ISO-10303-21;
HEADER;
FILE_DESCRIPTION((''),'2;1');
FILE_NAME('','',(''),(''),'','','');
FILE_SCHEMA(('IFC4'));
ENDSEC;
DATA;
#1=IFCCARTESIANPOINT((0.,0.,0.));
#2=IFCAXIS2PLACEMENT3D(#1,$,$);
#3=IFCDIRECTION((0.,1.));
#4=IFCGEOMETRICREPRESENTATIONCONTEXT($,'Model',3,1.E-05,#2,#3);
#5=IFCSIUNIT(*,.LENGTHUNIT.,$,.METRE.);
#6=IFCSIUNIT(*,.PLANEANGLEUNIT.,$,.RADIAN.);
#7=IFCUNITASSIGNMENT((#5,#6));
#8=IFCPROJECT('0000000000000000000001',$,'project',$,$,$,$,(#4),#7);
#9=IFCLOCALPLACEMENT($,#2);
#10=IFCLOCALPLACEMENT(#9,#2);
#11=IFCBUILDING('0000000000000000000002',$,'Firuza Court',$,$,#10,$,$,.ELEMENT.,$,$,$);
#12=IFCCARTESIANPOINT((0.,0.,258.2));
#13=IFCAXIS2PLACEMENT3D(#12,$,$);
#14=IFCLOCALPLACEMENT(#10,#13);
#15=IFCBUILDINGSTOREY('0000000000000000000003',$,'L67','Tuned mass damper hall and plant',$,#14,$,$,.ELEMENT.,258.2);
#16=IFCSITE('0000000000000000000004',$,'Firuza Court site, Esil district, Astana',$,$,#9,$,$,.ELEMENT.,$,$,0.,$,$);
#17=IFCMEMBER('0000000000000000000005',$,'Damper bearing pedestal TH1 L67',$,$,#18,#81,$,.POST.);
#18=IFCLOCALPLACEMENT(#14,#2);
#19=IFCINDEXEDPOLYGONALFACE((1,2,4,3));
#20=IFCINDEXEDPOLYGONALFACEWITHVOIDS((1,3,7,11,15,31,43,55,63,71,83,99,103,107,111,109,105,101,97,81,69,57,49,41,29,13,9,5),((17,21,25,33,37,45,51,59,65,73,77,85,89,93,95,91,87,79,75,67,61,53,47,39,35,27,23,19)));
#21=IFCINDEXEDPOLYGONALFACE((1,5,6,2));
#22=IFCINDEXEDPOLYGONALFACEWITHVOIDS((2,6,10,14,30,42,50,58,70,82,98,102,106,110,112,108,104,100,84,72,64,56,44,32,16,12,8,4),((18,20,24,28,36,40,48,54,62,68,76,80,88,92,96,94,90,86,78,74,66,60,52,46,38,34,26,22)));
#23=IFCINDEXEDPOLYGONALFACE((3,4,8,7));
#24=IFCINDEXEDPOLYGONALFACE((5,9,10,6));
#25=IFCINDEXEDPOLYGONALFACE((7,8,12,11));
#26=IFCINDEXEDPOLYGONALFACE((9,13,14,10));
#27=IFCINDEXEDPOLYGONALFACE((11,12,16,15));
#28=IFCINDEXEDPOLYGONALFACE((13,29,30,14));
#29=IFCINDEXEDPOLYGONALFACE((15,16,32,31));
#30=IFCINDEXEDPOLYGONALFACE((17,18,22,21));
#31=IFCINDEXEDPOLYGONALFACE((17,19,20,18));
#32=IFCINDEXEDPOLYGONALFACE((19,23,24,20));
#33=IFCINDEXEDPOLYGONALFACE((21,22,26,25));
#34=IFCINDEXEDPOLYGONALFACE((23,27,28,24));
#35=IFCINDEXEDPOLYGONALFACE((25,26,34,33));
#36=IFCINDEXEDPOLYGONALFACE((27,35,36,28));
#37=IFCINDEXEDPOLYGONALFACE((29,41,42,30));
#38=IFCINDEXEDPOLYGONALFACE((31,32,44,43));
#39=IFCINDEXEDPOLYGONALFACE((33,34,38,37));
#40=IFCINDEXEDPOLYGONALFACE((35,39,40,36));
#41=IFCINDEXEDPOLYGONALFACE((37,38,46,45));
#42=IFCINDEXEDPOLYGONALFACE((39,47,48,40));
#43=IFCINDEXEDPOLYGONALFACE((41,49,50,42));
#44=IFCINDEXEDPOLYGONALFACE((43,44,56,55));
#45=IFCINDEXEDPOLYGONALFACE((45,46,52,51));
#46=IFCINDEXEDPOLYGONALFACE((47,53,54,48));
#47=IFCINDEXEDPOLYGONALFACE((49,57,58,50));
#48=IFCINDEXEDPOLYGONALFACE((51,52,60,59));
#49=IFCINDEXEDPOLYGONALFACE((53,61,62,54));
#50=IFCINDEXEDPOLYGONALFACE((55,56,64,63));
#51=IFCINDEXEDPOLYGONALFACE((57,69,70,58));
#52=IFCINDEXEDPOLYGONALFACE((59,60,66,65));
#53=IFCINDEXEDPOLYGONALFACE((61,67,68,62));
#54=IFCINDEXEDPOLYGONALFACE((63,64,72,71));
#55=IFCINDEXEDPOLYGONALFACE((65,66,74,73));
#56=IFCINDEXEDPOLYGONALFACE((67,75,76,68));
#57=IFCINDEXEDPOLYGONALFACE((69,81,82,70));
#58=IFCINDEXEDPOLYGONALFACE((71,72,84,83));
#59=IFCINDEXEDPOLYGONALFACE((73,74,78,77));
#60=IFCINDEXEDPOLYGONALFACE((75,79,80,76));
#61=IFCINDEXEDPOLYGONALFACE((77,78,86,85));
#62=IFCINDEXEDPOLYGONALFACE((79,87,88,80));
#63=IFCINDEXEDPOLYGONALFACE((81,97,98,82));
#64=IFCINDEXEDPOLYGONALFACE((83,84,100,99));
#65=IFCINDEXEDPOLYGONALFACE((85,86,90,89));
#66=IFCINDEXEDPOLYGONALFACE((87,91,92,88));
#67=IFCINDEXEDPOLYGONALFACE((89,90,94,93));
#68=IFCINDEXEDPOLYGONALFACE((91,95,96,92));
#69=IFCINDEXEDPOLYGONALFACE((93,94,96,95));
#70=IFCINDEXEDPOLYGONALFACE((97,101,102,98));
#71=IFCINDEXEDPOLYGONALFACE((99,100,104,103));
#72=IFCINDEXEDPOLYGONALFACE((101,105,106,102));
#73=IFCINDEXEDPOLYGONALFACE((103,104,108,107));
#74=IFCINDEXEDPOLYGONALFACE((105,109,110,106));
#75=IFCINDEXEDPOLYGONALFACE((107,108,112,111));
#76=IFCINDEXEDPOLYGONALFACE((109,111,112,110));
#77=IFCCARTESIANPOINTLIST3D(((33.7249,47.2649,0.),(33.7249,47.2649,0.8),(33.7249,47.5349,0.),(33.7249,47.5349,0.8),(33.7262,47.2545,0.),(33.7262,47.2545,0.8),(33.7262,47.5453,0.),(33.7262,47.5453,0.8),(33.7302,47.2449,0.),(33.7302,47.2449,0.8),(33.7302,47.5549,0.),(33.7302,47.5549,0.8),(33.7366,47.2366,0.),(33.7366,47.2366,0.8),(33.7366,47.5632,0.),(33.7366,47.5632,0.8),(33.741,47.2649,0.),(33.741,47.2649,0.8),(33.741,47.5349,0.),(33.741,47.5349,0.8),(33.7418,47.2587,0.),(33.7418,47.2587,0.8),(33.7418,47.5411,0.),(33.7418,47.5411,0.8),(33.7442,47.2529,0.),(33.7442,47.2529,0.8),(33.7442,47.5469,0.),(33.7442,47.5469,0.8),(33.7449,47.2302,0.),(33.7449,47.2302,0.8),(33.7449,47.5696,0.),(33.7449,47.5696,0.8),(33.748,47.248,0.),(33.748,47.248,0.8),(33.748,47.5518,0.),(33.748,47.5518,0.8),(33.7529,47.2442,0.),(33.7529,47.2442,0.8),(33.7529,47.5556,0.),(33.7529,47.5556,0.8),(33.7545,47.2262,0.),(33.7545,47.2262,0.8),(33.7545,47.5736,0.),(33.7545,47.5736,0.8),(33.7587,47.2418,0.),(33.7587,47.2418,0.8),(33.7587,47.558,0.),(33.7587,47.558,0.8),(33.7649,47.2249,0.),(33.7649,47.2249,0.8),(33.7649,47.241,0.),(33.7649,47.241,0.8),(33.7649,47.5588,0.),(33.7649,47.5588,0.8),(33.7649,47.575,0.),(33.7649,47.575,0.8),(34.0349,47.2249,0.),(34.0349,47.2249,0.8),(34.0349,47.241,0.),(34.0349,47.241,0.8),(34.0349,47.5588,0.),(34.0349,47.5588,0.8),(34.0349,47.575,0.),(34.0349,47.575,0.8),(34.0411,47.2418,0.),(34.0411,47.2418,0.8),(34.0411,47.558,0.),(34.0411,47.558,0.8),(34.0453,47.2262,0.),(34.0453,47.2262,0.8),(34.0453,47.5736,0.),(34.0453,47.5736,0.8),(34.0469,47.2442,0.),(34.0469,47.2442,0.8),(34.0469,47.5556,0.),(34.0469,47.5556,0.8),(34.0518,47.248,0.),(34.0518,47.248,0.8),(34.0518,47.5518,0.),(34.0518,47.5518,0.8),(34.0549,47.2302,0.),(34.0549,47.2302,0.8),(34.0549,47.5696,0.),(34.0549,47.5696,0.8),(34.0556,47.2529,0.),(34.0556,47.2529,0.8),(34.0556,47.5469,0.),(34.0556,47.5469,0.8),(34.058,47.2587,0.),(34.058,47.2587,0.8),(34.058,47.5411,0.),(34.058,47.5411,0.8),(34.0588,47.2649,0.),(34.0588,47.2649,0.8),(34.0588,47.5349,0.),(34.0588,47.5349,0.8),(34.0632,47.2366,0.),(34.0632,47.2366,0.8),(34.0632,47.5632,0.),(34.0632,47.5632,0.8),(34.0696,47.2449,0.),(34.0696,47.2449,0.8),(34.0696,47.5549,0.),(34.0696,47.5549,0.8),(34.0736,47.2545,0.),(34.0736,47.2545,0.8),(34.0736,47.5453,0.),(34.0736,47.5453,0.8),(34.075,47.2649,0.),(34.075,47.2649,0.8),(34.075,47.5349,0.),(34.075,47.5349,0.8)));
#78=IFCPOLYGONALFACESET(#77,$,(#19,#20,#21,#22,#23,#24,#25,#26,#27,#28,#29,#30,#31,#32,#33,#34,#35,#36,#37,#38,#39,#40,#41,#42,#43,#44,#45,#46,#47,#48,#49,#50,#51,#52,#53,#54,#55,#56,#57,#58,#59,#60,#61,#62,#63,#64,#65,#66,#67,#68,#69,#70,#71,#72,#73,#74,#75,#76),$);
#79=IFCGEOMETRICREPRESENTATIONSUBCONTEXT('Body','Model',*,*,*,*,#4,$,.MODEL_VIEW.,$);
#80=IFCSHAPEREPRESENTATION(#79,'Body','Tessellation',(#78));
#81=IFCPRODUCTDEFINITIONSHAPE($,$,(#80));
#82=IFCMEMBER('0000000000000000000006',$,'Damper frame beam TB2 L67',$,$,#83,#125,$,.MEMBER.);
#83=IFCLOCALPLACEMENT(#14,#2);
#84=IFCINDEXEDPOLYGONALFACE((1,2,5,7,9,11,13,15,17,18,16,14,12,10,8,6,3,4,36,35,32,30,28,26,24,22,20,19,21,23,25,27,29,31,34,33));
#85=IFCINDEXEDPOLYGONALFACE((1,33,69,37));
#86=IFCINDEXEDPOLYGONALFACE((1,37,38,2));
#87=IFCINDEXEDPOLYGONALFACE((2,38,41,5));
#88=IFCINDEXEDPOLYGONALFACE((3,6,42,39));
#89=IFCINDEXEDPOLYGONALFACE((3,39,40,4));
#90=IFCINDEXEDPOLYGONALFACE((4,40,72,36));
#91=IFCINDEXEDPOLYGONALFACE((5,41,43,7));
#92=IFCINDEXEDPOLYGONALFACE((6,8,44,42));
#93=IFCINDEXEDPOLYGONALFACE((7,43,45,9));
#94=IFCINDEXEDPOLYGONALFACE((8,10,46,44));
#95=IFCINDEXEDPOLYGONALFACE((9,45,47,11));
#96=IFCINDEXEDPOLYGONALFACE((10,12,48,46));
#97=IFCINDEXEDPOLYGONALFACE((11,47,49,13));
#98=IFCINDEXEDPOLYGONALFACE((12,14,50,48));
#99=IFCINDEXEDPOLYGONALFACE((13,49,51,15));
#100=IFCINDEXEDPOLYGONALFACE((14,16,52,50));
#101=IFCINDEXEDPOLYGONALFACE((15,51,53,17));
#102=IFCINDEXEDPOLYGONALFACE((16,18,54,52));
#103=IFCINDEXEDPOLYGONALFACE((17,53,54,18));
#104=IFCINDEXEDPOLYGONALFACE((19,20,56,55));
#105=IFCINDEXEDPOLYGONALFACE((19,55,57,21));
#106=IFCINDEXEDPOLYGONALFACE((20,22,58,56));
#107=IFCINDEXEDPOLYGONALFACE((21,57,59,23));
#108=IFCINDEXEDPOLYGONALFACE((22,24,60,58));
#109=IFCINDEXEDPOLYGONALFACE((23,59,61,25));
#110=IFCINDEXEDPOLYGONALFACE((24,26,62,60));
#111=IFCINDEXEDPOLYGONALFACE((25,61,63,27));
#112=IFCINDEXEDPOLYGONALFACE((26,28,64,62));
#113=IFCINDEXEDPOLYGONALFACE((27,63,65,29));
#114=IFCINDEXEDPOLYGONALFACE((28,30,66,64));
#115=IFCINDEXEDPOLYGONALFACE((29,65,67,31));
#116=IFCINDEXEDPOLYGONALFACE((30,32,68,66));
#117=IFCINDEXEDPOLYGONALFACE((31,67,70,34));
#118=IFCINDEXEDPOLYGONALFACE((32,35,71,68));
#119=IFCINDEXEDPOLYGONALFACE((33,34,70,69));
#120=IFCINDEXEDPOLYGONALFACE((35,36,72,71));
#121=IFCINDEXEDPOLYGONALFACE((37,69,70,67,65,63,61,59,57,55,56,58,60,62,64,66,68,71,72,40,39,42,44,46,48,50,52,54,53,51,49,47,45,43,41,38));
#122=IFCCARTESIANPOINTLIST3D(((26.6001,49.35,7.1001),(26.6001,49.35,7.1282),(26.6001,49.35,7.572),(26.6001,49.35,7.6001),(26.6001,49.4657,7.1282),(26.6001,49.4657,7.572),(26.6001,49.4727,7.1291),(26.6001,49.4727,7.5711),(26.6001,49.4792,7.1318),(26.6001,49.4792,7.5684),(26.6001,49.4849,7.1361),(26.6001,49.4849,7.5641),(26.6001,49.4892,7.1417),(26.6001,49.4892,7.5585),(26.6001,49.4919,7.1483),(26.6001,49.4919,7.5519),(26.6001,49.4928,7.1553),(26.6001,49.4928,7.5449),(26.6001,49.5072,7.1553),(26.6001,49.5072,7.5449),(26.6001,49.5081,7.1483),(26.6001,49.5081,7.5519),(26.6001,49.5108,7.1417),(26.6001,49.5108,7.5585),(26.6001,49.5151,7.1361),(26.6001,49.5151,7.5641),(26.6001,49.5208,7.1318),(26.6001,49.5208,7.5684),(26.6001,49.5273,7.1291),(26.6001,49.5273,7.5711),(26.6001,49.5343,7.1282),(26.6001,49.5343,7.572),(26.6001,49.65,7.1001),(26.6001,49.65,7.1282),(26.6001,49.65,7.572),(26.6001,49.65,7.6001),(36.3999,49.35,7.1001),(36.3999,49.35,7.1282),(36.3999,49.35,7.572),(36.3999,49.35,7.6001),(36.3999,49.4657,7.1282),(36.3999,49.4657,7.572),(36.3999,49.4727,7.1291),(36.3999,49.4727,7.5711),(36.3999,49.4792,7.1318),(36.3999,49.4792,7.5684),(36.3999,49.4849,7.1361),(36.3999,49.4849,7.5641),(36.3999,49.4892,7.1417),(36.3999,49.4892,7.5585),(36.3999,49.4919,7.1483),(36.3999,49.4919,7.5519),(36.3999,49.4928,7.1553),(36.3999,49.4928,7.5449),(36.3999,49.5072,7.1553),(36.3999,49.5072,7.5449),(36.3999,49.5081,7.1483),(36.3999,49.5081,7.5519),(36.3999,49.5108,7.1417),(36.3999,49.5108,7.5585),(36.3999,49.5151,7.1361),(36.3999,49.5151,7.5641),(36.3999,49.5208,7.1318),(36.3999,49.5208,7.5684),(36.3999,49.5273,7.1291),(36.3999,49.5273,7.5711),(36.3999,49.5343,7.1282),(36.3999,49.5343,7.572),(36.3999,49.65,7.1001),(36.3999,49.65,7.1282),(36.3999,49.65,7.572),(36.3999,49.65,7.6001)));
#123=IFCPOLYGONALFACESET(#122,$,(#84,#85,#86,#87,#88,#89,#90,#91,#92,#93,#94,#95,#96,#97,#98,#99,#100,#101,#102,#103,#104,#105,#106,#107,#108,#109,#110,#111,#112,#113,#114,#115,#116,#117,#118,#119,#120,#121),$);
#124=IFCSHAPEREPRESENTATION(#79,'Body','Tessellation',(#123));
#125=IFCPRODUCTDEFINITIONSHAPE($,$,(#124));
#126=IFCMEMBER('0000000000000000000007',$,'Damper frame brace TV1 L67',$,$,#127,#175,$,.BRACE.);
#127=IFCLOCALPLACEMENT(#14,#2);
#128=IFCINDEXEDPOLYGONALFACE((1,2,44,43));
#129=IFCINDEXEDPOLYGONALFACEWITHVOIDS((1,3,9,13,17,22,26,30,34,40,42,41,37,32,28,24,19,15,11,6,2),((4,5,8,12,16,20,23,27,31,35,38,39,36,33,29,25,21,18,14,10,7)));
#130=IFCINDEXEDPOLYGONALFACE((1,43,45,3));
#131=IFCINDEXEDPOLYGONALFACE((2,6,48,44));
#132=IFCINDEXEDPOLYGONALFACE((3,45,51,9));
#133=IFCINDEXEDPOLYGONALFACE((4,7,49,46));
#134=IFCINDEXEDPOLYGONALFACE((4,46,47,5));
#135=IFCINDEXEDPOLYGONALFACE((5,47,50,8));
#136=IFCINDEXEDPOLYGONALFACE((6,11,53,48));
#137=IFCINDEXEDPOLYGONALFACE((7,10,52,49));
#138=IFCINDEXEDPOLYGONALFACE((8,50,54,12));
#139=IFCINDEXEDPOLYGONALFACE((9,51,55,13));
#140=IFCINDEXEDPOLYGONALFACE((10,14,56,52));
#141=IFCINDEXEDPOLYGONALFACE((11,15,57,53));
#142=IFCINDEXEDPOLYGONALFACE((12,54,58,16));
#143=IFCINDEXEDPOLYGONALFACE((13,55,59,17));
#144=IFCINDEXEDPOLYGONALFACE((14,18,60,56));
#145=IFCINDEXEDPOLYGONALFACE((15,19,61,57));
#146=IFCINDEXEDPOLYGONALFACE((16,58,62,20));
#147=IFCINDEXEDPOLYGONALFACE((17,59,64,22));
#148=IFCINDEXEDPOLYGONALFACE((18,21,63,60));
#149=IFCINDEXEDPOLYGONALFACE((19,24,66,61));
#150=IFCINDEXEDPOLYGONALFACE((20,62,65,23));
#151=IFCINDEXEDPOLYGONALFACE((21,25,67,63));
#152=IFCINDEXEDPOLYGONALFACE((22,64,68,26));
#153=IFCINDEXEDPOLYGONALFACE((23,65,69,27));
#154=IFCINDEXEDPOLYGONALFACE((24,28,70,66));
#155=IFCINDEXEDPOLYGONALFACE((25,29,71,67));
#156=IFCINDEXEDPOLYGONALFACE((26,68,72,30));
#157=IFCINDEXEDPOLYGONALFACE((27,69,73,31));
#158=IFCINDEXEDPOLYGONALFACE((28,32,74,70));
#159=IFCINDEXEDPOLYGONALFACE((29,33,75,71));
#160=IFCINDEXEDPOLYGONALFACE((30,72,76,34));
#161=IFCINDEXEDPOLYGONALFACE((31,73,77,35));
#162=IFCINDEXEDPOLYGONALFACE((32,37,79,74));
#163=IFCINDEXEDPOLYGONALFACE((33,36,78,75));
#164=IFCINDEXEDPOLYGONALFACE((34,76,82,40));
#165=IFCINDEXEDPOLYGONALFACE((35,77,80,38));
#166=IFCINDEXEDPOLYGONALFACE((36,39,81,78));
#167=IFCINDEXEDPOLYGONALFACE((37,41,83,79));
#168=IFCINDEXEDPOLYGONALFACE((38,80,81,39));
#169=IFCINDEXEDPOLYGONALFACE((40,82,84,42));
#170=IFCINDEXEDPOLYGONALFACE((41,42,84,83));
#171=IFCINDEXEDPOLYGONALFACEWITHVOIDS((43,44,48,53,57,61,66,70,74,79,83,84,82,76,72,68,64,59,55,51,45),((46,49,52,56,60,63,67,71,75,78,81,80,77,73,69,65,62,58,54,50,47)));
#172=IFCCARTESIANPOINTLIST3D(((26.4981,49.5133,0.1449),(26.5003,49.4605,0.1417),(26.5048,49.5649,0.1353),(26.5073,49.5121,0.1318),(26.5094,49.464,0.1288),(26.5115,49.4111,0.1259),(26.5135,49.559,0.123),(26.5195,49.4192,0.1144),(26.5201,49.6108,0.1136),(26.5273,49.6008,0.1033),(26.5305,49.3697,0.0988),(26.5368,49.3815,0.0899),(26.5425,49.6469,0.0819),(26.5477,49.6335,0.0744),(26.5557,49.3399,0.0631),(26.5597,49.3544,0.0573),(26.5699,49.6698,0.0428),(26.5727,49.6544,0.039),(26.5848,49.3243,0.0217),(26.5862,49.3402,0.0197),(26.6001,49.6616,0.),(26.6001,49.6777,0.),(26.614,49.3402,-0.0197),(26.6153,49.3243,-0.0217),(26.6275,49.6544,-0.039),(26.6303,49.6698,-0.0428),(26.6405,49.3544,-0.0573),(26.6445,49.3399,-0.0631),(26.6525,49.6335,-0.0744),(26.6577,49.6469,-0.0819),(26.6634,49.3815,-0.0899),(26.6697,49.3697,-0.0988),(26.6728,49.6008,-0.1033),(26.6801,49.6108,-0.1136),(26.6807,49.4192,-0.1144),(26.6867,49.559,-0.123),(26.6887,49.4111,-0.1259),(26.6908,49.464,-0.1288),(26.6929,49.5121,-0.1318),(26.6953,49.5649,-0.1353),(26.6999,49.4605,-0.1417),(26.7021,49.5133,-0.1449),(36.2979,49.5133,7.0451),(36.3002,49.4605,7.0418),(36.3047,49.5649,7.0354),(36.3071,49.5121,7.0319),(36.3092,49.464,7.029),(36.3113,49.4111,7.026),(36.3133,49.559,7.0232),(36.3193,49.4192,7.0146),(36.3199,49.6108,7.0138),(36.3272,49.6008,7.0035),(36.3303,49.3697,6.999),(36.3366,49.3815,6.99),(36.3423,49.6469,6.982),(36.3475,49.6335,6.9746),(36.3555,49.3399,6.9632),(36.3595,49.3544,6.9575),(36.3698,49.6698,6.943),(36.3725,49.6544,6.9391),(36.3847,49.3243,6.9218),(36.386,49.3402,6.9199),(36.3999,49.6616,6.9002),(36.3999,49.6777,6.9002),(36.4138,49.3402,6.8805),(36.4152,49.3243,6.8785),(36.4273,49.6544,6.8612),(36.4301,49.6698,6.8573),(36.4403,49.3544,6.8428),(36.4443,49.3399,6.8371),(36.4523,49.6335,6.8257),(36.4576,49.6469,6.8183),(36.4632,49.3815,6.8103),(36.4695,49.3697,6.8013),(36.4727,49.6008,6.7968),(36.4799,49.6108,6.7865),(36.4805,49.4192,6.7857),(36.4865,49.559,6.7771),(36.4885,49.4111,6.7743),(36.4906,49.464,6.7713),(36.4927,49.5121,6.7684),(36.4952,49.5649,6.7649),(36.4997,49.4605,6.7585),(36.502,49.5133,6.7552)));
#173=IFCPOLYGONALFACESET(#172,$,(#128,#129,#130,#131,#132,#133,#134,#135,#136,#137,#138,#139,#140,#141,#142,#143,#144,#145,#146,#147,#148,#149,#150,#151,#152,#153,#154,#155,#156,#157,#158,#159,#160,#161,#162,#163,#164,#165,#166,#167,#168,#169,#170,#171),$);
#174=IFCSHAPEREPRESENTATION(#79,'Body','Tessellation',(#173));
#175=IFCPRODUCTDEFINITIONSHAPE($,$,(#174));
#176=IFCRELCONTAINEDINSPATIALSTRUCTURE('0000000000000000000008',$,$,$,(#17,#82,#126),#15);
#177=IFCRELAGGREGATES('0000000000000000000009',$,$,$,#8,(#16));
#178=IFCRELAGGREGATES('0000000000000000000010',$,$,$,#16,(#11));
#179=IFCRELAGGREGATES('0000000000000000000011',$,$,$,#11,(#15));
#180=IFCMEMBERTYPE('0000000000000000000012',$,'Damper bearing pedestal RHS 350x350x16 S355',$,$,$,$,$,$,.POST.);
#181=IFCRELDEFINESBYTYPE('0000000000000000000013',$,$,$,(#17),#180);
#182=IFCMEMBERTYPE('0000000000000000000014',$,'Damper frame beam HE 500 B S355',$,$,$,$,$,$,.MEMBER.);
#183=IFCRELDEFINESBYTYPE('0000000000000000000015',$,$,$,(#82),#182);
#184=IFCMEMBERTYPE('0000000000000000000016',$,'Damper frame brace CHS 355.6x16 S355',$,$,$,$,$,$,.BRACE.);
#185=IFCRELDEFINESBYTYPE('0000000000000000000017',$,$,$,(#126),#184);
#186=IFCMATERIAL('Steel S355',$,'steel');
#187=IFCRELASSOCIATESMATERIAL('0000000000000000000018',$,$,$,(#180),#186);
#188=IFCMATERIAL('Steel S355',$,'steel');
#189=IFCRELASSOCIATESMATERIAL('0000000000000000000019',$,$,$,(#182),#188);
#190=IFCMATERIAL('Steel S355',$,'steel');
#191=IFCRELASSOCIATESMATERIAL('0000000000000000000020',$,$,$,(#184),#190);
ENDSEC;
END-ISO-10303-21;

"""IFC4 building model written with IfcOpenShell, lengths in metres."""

from ifc_helpers import new_model, si_unit, direction, frame, origin, origin_2d, place, context, subcontext, project, spatial, hollow_rectangle, hollow_circle, i_section, extrude, material, material_profile, profile_set, type_object, element, save


model = new_model("IFC4")

# Units and contexts
model_context = context("Model", 3, precision=1e-05, world=origin(), true_north=direction((0.0, 1.0)))
body_context = subcontext(model_context, "Body", "Model", "MODEL_VIEW")
ifc_project = project(units=[si_unit("LENGTHUNIT", "METRE"), si_unit("PLANEANGLEUNIT", "RADIAN")], contexts=[model_context])

# Site, building, storey
site_placement = place(None, origin())
site = spatial("IfcSite", under=ifc_project, at=site_placement, Name="Firuza Court site, Esil district, Astana", CompositionType="ELEMENT", RefElevation=0.0)
building_placement = place(site_placement, origin())
building = spatial("IfcBuilding", under=site, at=building_placement, Name="Firuza Court", CompositionType="ELEMENT")
storey_placement = place(building_placement, frame((0.0, 0.0, 258.2)))
storey = spatial("IfcBuildingStorey", under=building, at=storey_placement, Name="L67", Description="Tuned mass damper hall and plant", CompositionType="ELEMENT", Elevation=258.2)

# Members
ifc_material_1 = material(Name="Steel S355", Category="steel")
ifc_material_profile_1 = material_profile(ifc_material_1, hollow_rectangle(XDim=0.3501, YDim=0.3501, WallThickness=0.0161, InnerFilletRadius=0.0239, OuterFilletRadius=0.04, at=origin_2d()), Name="RHS 350x350x16")
ifc_profile_set_1 = profile_set([ifc_material_profile_1], Name="Steel S355")
member_type_1 = type_object("IfcMemberType", Name="Damper bearing pedestal RHS 350x350x16 S355", PredefinedType="POST", material=ifc_profile_set_1)
for number, where, z_axis, x_axis, name in (
    (1, (33.8999, 47.3999, 0.0), (0.0, 0.0, 1.0), (1.0, 0.0, 0.0), "Damper bearing pedestal TH1 L67"),
):
    element("IfcMember", number, at=place(storey_placement, frame(where, z_axis=z_axis, x_axis=x_axis)), inside=storey, type_object=member_type_1, Name=name, PredefinedType="POST", context=body_context, shape_type="SweptSolid", body=[
        extrude(hollow_rectangle(XDim=0.3501, YDim=0.3501, WallThickness=0.0161, InnerFilletRadius=0.0239, OuterFilletRadius=0.04, at=origin_2d()), origin(), (0.0, 0.0, 1.0), 0.8),
    ])
ifc_material_2 = material(Name="Steel S355", Category="steel")
ifc_material_profile_2 = material_profile(ifc_material_2, i_section(OverallWidth=0.3, OverallDepth=0.5, WebThickness=0.0144, FlangeThickness=0.0281, FilletRadius=0.0271, at=origin_2d()), Name="HE 500 B")
ifc_profile_set_2 = profile_set([ifc_material_profile_2], Name="Steel S355")
member_type_2 = type_object("IfcMemberType", Name="Damper frame beam HE 500 B S355", PredefinedType="MEMBER", material=ifc_profile_set_2)
member_1_placement = place(storey_placement, frame((26.6001, 49.5, 7.3501), z_axis=(1.0, 0.0, 0.0), x_axis=(0.0, 1.0, 0.0)))
element("IfcMember", 2, at=member_1_placement, inside=storey, type_object=member_type_2, Name="Damper frame beam TB2 L67", PredefinedType="MEMBER", context=body_context, shape_type="SweptSolid", body=[
    extrude(i_section(OverallWidth=0.3, OverallDepth=0.5, WebThickness=0.0144, FlangeThickness=0.0281, FilletRadius=0.0271, at=origin_2d()), origin(), (0.0, 0.0, 1.0), 9.7998),
])
ifc_material_3 = material(Name="Steel S355", Category="steel")
ifc_material_profile_3 = material_profile(ifc_material_3, hollow_circle(Radius=0.1777, WallThickness=0.0161, at=origin_2d()), Name="CHS 355.6x16")
ifc_profile_set_3 = profile_set([ifc_material_profile_3], Name="Steel S355")
member_type_3 = type_object("IfcMemberType", Name="Damper frame brace CHS 355.6x16 S355", PredefinedType="BRACE", material=ifc_profile_set_3)
member_2_placement = place(storey_placement, frame((26.6001, 49.5, 0.0), z_axis=(0.81765, 0.0, 0.575716), x_axis=(0.0, 1.0, 0.0)))
element("IfcMember", 3, at=member_2_placement, inside=storey, type_object=member_type_3, Name="Damper frame brace TV1 L67", PredefinedType="BRACE", context=body_context, shape_type="SweptSolid", body=[
    extrude(hollow_circle(Radius=0.1777, WallThickness=0.0161, at=origin_2d()), origin(), (0.0, 0.0, 1.0), 11.9854),
])

save(model, "model.ifc")
